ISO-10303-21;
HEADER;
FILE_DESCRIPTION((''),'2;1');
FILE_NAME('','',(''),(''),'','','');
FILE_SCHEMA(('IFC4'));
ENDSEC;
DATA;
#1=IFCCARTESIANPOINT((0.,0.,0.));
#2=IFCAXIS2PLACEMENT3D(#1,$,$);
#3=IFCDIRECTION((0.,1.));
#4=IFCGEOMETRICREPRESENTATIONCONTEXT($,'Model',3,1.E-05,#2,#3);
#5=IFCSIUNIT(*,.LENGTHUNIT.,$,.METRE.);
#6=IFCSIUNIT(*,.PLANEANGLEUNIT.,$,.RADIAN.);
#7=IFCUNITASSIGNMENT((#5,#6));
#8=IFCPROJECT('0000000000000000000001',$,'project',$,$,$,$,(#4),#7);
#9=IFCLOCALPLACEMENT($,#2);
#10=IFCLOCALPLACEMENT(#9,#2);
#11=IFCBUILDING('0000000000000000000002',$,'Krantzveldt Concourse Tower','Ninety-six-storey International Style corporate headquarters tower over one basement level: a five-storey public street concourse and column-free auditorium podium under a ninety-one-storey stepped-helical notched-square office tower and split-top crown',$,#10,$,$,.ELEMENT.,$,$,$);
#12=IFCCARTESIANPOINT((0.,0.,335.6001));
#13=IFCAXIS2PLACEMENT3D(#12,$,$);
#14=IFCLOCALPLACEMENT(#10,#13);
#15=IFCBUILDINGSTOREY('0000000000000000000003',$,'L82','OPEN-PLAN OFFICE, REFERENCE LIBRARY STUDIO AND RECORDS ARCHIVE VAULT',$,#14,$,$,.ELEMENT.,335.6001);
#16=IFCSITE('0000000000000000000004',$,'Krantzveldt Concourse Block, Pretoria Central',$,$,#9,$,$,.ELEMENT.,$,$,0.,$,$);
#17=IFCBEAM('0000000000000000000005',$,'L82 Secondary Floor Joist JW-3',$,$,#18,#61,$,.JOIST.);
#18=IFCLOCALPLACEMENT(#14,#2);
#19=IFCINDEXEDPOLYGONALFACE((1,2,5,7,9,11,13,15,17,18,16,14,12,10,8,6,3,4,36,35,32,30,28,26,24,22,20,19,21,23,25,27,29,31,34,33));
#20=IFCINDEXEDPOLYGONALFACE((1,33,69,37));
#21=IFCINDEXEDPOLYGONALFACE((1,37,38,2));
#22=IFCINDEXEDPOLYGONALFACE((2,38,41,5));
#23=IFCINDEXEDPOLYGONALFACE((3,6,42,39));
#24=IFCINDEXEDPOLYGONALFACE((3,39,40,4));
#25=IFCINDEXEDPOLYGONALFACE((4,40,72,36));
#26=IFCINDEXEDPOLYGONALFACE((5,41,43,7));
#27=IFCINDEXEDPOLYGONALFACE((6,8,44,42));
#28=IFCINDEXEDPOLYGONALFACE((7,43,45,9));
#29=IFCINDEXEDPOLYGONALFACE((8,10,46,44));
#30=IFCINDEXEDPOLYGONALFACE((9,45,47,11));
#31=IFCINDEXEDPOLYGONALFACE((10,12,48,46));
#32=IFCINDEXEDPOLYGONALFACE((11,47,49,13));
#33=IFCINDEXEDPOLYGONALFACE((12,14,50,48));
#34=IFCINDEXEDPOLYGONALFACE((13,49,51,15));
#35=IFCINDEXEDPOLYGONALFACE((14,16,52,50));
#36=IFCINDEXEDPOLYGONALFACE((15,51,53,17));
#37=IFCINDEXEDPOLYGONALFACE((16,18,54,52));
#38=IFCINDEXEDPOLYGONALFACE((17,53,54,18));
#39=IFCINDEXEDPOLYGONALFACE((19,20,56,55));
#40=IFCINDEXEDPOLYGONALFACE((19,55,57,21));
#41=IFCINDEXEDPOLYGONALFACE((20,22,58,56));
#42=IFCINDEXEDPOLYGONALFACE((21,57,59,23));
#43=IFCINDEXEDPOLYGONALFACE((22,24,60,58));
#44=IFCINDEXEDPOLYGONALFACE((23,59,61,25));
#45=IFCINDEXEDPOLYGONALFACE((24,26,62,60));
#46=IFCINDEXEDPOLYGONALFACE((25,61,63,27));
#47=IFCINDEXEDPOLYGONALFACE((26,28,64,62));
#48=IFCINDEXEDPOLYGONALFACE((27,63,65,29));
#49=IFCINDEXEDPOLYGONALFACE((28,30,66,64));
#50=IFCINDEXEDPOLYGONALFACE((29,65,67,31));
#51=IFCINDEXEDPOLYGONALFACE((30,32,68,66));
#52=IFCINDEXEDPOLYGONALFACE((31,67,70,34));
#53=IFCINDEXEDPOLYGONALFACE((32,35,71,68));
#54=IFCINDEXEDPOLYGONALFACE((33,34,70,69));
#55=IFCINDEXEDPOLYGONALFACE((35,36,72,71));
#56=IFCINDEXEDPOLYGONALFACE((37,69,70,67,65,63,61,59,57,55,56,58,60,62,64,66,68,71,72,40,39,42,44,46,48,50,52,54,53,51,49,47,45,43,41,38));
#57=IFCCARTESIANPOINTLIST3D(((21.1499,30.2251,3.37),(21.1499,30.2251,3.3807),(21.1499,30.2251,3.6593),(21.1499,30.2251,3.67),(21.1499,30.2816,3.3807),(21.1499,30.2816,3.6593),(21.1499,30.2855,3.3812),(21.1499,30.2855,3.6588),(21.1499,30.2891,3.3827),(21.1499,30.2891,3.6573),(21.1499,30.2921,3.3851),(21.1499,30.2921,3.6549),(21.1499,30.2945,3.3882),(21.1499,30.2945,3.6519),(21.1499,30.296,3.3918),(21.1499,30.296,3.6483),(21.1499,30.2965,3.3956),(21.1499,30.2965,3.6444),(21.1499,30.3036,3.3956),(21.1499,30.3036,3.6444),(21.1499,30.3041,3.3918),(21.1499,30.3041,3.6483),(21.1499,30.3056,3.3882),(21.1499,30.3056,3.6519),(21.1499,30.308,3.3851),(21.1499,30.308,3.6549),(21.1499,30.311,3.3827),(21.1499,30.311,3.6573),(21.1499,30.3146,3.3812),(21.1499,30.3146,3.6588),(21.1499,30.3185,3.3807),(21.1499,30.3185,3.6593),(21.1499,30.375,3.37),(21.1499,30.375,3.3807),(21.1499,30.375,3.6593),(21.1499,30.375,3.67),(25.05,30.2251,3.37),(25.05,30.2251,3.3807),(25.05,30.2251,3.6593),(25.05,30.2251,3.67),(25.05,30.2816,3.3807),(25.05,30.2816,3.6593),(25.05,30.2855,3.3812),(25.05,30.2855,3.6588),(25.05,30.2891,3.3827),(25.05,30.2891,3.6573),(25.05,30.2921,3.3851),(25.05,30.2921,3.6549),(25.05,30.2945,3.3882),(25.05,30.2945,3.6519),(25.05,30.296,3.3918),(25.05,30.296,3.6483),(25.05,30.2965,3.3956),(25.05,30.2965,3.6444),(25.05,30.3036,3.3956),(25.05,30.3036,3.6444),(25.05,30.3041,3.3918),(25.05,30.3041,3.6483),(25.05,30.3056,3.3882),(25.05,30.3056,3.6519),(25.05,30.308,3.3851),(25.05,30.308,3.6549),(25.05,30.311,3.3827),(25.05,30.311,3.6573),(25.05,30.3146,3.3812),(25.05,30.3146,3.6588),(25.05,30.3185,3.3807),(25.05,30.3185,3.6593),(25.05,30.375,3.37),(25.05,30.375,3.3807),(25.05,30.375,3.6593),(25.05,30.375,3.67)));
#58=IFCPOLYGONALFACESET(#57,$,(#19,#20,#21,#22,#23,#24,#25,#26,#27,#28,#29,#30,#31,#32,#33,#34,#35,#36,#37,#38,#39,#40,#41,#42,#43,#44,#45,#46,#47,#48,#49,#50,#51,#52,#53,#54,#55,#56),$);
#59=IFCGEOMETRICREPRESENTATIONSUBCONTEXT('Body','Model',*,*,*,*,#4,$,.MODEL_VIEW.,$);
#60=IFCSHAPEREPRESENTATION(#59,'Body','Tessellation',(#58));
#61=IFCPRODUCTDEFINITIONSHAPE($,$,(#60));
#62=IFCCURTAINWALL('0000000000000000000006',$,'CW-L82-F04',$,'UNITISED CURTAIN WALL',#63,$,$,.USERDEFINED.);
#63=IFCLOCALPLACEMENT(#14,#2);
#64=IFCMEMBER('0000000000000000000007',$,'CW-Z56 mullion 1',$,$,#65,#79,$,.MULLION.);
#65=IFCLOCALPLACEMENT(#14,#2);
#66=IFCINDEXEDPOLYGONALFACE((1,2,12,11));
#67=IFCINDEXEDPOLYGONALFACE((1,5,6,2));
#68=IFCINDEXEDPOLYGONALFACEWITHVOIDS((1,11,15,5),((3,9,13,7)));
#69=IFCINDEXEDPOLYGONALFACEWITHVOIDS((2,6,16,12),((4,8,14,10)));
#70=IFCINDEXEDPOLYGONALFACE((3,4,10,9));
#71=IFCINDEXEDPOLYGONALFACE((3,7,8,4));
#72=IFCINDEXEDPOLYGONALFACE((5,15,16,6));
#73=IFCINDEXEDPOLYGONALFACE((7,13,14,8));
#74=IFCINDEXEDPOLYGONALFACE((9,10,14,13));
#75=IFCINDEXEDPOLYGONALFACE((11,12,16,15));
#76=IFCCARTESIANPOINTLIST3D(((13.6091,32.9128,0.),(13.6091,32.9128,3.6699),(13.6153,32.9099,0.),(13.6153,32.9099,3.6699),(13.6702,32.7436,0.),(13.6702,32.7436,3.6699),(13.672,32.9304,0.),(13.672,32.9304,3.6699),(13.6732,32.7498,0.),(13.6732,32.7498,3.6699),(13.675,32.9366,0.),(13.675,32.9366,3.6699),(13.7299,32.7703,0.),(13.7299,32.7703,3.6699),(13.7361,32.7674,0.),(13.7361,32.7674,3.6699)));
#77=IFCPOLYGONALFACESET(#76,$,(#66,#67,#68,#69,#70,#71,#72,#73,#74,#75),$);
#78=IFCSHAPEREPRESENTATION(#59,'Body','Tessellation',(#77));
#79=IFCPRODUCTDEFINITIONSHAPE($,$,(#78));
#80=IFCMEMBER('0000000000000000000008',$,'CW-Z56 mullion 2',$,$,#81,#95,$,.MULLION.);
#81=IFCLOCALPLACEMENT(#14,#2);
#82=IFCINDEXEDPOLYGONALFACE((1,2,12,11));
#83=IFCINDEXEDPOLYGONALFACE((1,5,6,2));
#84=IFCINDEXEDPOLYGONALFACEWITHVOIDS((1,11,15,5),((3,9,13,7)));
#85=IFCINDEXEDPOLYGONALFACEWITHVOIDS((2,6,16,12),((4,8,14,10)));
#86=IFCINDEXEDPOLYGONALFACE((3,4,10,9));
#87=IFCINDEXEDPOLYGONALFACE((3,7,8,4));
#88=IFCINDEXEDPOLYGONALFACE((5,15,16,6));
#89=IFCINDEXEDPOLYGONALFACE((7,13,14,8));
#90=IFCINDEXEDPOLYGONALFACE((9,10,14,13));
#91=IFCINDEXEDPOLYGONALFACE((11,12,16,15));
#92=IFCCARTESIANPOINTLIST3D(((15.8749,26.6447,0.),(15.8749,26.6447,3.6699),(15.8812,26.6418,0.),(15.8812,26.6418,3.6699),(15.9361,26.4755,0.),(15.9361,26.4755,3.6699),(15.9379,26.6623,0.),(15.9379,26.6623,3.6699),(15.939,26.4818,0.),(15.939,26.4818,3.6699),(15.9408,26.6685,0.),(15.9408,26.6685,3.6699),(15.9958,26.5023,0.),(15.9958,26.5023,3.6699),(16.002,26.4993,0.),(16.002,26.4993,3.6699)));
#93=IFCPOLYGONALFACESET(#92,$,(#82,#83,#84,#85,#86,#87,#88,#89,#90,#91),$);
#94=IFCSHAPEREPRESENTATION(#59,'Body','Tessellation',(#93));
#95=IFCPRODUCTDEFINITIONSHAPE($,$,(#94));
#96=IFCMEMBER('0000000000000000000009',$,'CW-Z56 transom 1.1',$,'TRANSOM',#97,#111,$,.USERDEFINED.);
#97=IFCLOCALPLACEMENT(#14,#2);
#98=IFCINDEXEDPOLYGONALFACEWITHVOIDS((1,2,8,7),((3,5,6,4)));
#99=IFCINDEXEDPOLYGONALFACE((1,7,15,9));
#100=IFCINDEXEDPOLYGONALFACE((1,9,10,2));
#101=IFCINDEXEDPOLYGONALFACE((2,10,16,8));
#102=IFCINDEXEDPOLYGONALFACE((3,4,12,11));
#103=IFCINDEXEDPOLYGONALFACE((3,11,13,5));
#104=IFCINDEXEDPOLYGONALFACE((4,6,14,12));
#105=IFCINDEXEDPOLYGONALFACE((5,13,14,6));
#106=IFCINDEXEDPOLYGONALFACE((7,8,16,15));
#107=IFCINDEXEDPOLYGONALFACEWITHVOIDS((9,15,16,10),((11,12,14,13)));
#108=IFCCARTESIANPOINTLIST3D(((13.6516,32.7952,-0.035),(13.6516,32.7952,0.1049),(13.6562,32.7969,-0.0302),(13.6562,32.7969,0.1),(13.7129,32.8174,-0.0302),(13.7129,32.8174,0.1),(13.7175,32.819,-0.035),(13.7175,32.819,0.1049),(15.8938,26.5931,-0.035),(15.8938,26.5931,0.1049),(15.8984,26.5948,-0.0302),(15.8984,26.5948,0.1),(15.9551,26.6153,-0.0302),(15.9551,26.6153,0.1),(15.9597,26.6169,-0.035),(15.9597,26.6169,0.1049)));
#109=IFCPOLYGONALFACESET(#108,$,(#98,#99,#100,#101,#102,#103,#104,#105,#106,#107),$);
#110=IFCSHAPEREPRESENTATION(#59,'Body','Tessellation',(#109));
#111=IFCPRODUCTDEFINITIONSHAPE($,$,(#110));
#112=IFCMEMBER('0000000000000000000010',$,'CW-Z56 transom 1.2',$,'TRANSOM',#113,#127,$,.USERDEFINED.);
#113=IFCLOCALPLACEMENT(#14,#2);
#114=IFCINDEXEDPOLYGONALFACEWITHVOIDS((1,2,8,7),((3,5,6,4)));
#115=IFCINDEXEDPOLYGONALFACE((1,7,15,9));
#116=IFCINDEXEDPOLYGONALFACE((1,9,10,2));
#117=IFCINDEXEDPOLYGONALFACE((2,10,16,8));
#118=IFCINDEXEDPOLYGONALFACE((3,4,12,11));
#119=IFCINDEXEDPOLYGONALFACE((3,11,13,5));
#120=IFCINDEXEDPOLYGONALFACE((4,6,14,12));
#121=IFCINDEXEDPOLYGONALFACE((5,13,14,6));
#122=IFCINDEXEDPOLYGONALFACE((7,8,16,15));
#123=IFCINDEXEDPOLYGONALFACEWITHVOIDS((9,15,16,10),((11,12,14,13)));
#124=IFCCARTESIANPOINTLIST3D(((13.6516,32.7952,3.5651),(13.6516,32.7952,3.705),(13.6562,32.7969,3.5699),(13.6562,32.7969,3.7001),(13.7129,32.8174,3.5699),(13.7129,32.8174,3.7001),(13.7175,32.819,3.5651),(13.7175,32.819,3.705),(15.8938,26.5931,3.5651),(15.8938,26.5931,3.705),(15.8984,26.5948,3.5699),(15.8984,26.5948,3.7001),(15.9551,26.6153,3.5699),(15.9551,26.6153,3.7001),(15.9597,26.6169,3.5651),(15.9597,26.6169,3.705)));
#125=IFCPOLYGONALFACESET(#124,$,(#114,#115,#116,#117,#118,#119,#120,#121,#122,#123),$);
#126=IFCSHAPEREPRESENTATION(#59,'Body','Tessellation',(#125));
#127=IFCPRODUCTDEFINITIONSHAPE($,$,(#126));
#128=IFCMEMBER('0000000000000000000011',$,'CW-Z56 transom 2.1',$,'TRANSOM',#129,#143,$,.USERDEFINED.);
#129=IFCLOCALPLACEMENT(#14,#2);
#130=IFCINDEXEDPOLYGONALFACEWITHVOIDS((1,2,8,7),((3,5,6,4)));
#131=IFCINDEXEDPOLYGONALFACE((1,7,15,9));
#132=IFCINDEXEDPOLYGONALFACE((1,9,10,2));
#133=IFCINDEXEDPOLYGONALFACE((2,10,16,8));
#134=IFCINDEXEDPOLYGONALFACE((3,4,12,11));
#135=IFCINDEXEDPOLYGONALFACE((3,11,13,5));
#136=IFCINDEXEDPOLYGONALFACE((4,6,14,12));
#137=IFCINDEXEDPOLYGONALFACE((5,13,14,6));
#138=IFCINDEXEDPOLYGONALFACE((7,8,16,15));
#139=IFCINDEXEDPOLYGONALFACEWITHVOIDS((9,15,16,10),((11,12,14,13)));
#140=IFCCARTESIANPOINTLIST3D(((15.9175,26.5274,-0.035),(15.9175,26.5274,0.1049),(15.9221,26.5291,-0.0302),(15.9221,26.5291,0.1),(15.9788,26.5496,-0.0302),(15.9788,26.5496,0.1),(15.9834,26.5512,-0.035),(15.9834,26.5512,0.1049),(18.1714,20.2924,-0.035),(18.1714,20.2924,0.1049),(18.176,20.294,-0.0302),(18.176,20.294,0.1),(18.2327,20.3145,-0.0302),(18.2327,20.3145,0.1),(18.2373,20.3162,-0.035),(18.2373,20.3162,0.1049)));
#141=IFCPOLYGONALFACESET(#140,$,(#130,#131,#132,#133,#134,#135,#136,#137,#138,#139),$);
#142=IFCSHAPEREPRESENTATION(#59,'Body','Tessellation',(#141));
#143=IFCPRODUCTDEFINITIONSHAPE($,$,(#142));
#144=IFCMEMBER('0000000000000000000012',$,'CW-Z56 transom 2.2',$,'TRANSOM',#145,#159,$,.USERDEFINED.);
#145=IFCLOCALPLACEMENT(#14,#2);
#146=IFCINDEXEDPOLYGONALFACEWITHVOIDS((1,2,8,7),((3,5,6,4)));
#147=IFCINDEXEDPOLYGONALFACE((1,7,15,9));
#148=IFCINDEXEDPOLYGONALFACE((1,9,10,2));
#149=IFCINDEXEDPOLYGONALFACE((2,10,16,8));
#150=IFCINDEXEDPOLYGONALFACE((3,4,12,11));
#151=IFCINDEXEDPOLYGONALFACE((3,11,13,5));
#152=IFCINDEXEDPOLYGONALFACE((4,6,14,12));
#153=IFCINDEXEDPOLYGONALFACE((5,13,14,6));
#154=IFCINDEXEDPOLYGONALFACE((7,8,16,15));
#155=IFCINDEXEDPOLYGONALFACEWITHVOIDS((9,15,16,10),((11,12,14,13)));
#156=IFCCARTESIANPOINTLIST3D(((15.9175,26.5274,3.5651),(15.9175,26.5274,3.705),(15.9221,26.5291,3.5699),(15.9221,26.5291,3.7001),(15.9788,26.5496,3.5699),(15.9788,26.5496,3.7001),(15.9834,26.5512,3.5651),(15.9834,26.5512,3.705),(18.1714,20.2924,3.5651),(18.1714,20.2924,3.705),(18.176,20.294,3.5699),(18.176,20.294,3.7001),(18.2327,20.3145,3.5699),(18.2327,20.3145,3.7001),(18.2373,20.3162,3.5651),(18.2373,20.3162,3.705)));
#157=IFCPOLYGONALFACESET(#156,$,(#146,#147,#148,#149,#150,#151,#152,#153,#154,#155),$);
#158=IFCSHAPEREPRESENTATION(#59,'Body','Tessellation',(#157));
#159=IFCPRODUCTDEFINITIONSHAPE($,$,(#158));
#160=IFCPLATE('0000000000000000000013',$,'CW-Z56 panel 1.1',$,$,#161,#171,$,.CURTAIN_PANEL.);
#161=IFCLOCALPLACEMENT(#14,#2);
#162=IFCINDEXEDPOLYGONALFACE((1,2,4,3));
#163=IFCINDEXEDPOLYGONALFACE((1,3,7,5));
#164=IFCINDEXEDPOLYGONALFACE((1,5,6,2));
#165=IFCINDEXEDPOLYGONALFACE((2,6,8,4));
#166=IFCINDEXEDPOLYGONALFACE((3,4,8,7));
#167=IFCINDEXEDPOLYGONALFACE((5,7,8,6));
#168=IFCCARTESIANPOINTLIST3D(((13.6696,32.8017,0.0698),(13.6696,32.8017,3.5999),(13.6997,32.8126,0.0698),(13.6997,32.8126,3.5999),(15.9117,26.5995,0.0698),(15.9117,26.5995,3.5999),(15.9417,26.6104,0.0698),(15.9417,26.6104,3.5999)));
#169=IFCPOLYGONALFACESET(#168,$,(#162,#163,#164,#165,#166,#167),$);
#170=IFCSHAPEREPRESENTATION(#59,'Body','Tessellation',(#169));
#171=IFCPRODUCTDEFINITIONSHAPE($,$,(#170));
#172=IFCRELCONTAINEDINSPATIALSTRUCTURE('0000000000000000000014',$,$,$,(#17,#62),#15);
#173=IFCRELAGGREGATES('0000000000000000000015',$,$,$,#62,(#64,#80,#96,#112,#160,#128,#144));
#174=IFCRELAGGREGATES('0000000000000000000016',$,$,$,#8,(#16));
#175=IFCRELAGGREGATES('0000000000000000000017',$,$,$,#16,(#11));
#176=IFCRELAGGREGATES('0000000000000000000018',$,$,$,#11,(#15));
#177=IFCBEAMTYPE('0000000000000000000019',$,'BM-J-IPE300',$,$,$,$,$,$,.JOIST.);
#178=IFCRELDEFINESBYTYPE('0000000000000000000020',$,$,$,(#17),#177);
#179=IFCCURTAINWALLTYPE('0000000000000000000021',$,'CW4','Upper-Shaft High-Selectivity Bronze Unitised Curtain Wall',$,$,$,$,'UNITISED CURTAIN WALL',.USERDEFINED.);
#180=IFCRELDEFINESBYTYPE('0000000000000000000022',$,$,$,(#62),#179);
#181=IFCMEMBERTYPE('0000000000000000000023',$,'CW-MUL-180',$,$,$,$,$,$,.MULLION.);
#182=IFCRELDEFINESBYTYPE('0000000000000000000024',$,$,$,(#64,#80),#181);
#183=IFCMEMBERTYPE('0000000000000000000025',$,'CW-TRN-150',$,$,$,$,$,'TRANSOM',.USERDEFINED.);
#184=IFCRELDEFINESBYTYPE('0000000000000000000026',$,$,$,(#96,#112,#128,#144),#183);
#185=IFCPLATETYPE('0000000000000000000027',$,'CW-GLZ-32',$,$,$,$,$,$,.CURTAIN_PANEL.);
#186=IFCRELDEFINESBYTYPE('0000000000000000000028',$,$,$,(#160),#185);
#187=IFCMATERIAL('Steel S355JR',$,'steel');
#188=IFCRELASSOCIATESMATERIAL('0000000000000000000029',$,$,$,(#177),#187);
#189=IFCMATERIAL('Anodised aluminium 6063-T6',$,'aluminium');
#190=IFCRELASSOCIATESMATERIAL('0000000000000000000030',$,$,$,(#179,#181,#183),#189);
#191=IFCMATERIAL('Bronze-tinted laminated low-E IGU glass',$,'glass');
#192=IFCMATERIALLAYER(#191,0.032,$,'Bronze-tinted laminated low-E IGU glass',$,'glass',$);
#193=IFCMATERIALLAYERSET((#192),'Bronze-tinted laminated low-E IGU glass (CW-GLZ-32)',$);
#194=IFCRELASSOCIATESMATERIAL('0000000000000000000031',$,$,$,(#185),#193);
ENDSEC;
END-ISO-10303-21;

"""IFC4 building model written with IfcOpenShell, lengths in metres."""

from ifc_helpers import new_model, si_unit, direction, frame, origin, origin_2d, place, context, subcontext, project, spatial, rectangle, hollow_rectangle, i_section, extrude, source, transform, mapped, material, layer, layer_set, material_profile, profile_set, type_object, type_shapes, element, aggregate, save


model = new_model("IFC4")

# Units and contexts
model_context = context("Model", 3, precision=1e-05, world=origin(), true_north=direction((0.0, 1.0)))
body_context = subcontext(model_context, "Body", "Model", "MODEL_VIEW")
ifc_project = project(units=[si_unit("LENGTHUNIT", "METRE"), si_unit("PLANEANGLEUNIT", "RADIAN")], contexts=[model_context])

# Site, building, storey
site_placement = place(None, origin())
site = spatial("IfcSite", under=ifc_project, at=site_placement, Name="Krantzveldt Concourse Block, Pretoria Central", CompositionType="ELEMENT", RefElevation=0.0)
building_placement = place(site_placement, origin())
building = spatial("IfcBuilding", under=site, at=building_placement, Name="Krantzveldt Concourse Tower", Description="Ninety-six-storey International Style corporate headquarters tower over one basement level: a five-storey public street concourse and column-free auditorium podium under a ninety-one-storey stepped-helical notched-square office tower and split-top crown", CompositionType="ELEMENT")
storey_placement = place(building_placement, frame((0.0, 0.0, 335.6001)))
storey = spatial("IfcBuildingStorey", under=building, at=storey_placement, Name="L82", Description="OPEN-PLAN OFFICE, REFERENCE LIBRARY STUDIO AND RECORDS ARCHIVE VAULT", CompositionType="ELEMENT", Elevation=335.6001)

# Beam
ifc_material_1 = material(Name="Steel S355JR", Category="steel")
ifc_material_profile_1 = material_profile(ifc_material_1, i_section(OverallWidth=0.1499, OverallDepth=0.3, WebThickness=0.0071, FlangeThickness=0.0107, FilletRadius=0.0149, at=origin_2d()), Name="Steel S355JR", Category="steel")
ifc_profile_set_1 = profile_set([ifc_material_profile_1], Name="Steel S355JR - IPE 300")
beam_type_1 = type_object("IfcBeamType", Name="BM-J-IPE300", PredefinedType="JOIST", material=ifc_profile_set_1)
shared_shape_1 = source(origin(), body_context, "Body", "SweptSolid", [
    extrude(i_section(OverallWidth=0.1499, OverallDepth=0.3, WebThickness=0.0071, FlangeThickness=0.0107, FilletRadius=0.0149, at=origin_2d()), origin(), (0.0, 0.0, 1.0), 3.9001),
])
for number, where, z_axis, x_axis, name in (
    (1, (21.1499, 30.3, 3.52), (1.0, 0.0, 0.0), (0.0, 1.0, 0.0), "L82 Secondary Floor Joist JW-3"),
):
    element("IfcBeam", number, at=place(storey_placement, frame(where, z_axis=z_axis, x_axis=x_axis)), inside=storey, type_object=beam_type_1, Name=name, PredefinedType="JOIST", context=body_context, shape_type="MappedRepresentation", body=[
        mapped(shared_shape_1, transform((0.0, 0.0, 0.0), x_axis=(1.0, 0.0, 0.0), y_axis=(0.0, 1.0, 0.0), z_axis=(0.0, 0.0, 1.0), scale=1.0)),
    ])

# Curtain wall, members, plate
ifc_material_2 = material(Name="Anodised aluminium 6063-T6", Category="aluminium")
curtain_wall_type = type_object("IfcCurtainWallType", Name="CW4", Description="Upper-Shaft High-Selectivity Bronze Unitised Curtain Wall", ElementType="UNITISED CURTAIN WALL", PredefinedType="USERDEFINED", material=ifc_material_2)
curtain_wall_placement = place(storey_placement, origin())
curtain_wall = element("IfcCurtainWall", 2, at=curtain_wall_placement, inside=storey, type_object=curtain_wall_type, Name="CW-L82-F04", ObjectType="UNITISED CURTAIN WALL", PredefinedType="USERDEFINED")
ifc_material_profile_2 = material_profile(ifc_material_2, hollow_rectangle(XDim=0.0701, YDim=0.1799, WallThickness=0.0049, at=origin_2d()), Name="Anodised aluminium 6063-T6", Category="aluminium")
ifc_profile_set_2 = profile_set([ifc_material_profile_2], Name="Anodised aluminium 6063-T6 - ALU-MULL 180x70x5")
member_type_1 = type_object("IfcMemberType", Name="CW-MUL-180", PredefinedType="MULLION", material=ifc_profile_set_2)
shared_shape_2 = source(origin(), body_context, "Body", "SweptSolid", [
    extrude(hollow_rectangle(XDim=0.0701, YDim=0.1799, WallThickness=0.0049, at=origin_2d()), origin(), (0.0, 0.0, 1.0), 3.6699),
])
type_shapes(member_type_1, [shared_shape_2])
member_1_placement = place(storey_placement, frame((13.6726, 32.8401, 0.0), z_axis=(0.0, 0.0, 1.0), x_axis=(0.940437, 0.339969, 0.0)))
member_1 = element("IfcMember", 3, at=member_1_placement, type_object=member_type_1, Name="CW-Z56 mullion 1", PredefinedType="MULLION", context=body_context, shape_type="MappedRepresentation", body=[
    mapped(shared_shape_2, transform((0.0, 0.0, 0.0), x_axis=(1.0, 0.0, 0.0), y_axis=(0.0, 1.0, 0.0), z_axis=(0.0, 0.0, 1.0), scale=1.0)),
])
member_2_placement = place(storey_placement, frame((15.9385, 26.572, 0.0), z_axis=(0.0, 0.0, 1.0), x_axis=(0.940437, 0.339969, 0.0)))
member_2 = element("IfcMember", 4, at=member_2_placement, type_object=member_type_1, Name="CW-Z56 mullion 2", PredefinedType="MULLION", context=body_context, shape_type="MappedRepresentation", body=[
    mapped(shared_shape_2, transform((0.0, 0.0, 0.0), x_axis=(1.0, 0.0, 0.0), y_axis=(0.0, 1.0, 0.0), z_axis=(0.0, 0.0, 1.0), scale=1.0)),
])
ifc_material_profile_3 = material_profile(ifc_material_2, hollow_rectangle(XDim=0.0701, YDim=0.1399, WallThickness=0.0049, at=origin_2d()), Name="Anodised aluminium 6063-T6", Category="aluminium")
ifc_profile_set_3 = profile_set([ifc_material_profile_3], Name="Anodised aluminium 6063-T6 - ALU-TRAN 140x70x5")
member_type_2 = type_object("IfcMemberType", Name="CW-TRN-150", ElementType="TRANSOM", PredefinedType="USERDEFINED", material=ifc_profile_set_3)
shared_shape_3 = source(origin(), body_context, "Body", "SweptSolid", [
    extrude(hollow_rectangle(XDim=0.0701, YDim=0.1399, WallThickness=0.0049, at=origin_2d()), origin(), (0.0, 0.0, 1.0), 6.595),
])
member_3_placement = place(storey_placement, frame((13.6846, 32.8071, 0.0349), z_axis=(0.339983, -0.940432, 0.0), x_axis=(0.940432, 0.339983, 0.0)))
member_3 = element("IfcMember", 5, at=member_3_placement, type_object=member_type_2, Name="CW-Z56 transom 1.1", ObjectType="TRANSOM", PredefinedType="USERDEFINED", context=body_context, shape_type="MappedRepresentation", body=[
    mapped(shared_shape_3, transform((0.0, 0.0, 0.0), x_axis=(1.0, 0.0, 0.0), y_axis=(0.0, 1.0, 0.0), z_axis=(0.0, 0.0, 1.0), scale=1.0)),
])
member_4_placement = place(storey_placement, frame((13.6846, 32.8071, 3.635), z_axis=(0.339983, -0.940432, 0.0), x_axis=(0.940432, 0.339983, 0.0)))
member_4 = element("IfcMember", 6, at=member_4_placement, type_object=member_type_2, Name="CW-Z56 transom 1.2", ObjectType="TRANSOM", PredefinedType="USERDEFINED", context=body_context, shape_type="MappedRepresentation", body=[
    mapped(shared_shape_3, transform((0.0, 0.0, 0.0), x_axis=(1.0, 0.0, 0.0), y_axis=(0.0, 1.0, 0.0), z_axis=(0.0, 0.0, 1.0), scale=1.0)),
])
shared_shape_4 = source(origin(), body_context, "Body", "SweptSolid", [
    extrude(hollow_rectangle(XDim=0.0701, YDim=0.1399, WallThickness=0.0049, at=origin_2d()), origin(), (0.0, 0.0, 1.0), 6.6299),
])
type_shapes(member_type_2, [shared_shape_3, shared_shape_4])
member_5_placement = place(storey_placement, frame((15.9504, 26.5393, 0.0349), z_axis=(0.339957, -0.940441, 0.0), x_axis=(0.940441, 0.339957, 0.0)))
member_5 = element("IfcMember", 7, at=member_5_placement, type_object=member_type_2, Name="CW-Z56 transom 2.1", ObjectType="TRANSOM", PredefinedType="USERDEFINED", context=body_context, shape_type="MappedRepresentation", body=[
    mapped(shared_shape_4, transform((0.0, 0.0, 0.0), x_axis=(1.0, 0.0, 0.0), y_axis=(0.0, 1.0, 0.0), z_axis=(0.0, 0.0, 1.0), scale=1.0)),
])
member_6_placement = place(storey_placement, frame((15.9504, 26.5393, 3.635), z_axis=(0.339957, -0.940441, 0.0), x_axis=(0.940441, 0.339957, 0.0)))
member_6 = element("IfcMember", 8, at=member_6_placement, type_object=member_type_2, Name="CW-Z56 transom 2.2", ObjectType="TRANSOM", PredefinedType="USERDEFINED", context=body_context, shape_type="MappedRepresentation", body=[
    mapped(shared_shape_4, transform((0.0, 0.0, 0.0), x_axis=(1.0, 0.0, 0.0), y_axis=(0.0, 1.0, 0.0), z_axis=(0.0, 0.0, 1.0), scale=1.0)),
])
ifc_material_3 = material(Name="Bronze-tinted laminated low-E IGU glass", Category="glass")
ifc_layer_1 = layer(ifc_material_3, 0.032, Name="Bronze-tinted laminated low-E IGU glass", Category="glass")
ifc_layer_set_1 = layer_set([ifc_layer_1], Name="Bronze-tinted laminated low-E IGU glass (CW-GLZ-32)")
plate_type = type_object("IfcPlateType", Name="CW-GLZ-32", PredefinedType="CURTAIN_PANEL", material=ifc_layer_set_1)
shared_shape_5 = source(origin(), body_context, "Body", "SweptSolid", [
    extrude(rectangle(XDim=6.595, YDim=0.032, at=origin_2d()), origin(), (0.0, 0.0, 1.0), 3.53),
])
plate_1_placement = place(storey_placement, frame((14.8057, 29.7061, 0.0698), z_axis=(0.0, 0.0, 1.0), x_axis=(0.339969, -0.940437, 0.0)))
plate_1 = element("IfcPlate", 9, at=plate_1_placement, type_object=plate_type, Name="CW-Z56 panel 1.1", PredefinedType="CURTAIN_PANEL", context=body_context, shape_type="MappedRepresentation", body=[
    mapped(shared_shape_5, transform((0.0, 0.0, 0.0), x_axis=(1.0, 0.0, 0.0), y_axis=(0.0, 1.0, 0.0), z_axis=(0.0, 0.0, 1.0), scale=1.0)),
])
aggregate(curtain_wall, [member_1, member_2, member_3, member_4, plate_1, member_5, member_6])

save(model, "model.ifc")
